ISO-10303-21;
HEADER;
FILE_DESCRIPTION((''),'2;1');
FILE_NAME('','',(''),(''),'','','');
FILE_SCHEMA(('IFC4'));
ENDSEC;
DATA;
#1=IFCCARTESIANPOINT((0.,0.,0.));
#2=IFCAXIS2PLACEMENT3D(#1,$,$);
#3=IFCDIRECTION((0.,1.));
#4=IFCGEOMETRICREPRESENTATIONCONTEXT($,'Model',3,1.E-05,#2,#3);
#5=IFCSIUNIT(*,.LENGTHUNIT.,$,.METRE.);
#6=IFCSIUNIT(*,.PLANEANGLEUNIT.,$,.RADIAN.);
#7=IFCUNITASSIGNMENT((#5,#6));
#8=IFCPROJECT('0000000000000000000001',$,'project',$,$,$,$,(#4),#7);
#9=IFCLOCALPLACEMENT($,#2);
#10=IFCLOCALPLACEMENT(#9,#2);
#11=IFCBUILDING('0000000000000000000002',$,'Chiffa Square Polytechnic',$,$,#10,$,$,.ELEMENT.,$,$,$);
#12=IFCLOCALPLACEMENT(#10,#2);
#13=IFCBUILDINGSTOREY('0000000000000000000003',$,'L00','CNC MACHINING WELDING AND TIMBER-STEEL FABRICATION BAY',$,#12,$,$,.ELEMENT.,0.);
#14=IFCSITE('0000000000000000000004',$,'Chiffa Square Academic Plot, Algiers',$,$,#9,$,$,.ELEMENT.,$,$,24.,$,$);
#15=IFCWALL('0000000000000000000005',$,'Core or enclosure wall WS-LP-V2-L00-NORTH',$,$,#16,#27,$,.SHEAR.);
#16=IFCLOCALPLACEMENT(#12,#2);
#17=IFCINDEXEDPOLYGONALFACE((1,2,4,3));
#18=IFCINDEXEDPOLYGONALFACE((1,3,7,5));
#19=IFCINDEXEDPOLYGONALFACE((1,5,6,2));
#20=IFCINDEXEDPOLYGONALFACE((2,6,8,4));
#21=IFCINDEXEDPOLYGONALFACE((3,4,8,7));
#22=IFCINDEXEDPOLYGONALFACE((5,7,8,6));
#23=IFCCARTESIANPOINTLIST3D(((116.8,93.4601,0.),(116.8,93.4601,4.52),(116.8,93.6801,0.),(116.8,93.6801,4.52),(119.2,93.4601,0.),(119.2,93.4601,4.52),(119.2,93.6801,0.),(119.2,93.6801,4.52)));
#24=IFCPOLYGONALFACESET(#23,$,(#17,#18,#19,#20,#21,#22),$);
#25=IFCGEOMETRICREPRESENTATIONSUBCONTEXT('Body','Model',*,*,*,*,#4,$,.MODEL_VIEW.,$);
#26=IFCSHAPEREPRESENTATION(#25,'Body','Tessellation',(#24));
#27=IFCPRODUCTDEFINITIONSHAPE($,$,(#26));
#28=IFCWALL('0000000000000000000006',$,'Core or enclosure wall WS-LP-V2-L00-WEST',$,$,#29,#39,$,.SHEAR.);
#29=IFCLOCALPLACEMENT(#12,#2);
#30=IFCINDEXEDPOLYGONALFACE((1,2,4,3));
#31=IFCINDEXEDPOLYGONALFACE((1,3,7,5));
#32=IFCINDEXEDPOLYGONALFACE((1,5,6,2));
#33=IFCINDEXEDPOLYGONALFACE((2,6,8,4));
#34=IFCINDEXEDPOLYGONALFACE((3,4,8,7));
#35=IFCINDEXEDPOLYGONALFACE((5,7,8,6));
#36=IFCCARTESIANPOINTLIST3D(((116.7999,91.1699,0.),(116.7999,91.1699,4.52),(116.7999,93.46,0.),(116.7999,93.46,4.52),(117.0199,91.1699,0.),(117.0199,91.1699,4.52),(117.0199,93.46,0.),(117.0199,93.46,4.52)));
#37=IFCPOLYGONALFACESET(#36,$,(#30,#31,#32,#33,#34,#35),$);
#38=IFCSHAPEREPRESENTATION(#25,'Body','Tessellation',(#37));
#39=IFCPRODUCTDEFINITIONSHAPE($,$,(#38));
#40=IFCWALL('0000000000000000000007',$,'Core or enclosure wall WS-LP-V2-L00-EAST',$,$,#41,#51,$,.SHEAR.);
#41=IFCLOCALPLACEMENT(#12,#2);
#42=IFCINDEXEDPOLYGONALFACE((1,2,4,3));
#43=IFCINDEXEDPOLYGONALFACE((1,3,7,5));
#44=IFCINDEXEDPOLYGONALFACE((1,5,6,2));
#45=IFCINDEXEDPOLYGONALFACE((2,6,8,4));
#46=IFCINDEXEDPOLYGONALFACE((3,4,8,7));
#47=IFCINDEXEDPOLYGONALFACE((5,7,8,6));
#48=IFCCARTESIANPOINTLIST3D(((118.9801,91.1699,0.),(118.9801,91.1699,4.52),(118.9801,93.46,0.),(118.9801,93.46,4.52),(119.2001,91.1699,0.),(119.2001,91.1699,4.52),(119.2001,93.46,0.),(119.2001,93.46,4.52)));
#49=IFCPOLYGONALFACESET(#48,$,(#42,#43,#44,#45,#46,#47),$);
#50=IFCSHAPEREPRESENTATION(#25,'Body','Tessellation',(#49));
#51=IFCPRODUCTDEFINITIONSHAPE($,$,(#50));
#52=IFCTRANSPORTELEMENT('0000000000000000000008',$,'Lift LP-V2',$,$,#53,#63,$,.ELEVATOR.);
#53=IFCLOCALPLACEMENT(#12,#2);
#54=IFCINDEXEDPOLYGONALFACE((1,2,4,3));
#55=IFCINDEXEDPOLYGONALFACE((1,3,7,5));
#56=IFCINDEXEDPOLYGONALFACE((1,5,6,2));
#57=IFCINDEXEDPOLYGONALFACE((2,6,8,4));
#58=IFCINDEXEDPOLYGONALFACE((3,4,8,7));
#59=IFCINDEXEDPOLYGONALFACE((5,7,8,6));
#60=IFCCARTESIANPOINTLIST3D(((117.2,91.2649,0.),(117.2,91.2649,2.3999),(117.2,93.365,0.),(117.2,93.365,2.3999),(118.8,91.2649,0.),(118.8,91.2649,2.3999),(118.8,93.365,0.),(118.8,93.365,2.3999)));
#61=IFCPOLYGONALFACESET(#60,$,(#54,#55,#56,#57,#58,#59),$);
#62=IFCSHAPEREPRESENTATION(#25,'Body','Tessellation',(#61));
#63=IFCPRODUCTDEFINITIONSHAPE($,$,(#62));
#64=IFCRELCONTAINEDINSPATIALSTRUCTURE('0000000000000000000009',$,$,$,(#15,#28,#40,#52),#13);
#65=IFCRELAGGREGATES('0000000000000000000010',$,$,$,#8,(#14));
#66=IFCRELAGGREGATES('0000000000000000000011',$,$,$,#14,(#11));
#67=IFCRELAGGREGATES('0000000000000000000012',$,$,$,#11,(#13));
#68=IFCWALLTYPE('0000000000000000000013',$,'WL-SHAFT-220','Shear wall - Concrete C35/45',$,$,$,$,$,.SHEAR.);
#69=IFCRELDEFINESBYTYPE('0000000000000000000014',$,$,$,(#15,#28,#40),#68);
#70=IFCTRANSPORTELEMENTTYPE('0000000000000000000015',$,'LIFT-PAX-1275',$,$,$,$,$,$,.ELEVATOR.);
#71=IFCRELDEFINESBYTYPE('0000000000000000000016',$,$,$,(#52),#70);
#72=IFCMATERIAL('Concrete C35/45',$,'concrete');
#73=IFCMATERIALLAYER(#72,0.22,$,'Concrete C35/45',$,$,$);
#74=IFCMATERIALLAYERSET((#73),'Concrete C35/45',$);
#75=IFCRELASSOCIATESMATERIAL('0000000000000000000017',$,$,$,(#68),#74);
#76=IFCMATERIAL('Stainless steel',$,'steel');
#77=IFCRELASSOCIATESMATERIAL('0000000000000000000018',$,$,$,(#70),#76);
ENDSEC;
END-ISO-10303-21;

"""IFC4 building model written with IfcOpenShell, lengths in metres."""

from ifc_helpers import new_model, si_unit, direction, frame, frame_2d, origin, origin_2d, place, context, subcontext, project, spatial, rectangle, extrude, material, layer, layer_set, type_object, element, save


model = new_model("IFC4")

# Units and contexts
model_context = context("Model", 3, precision=1e-05, world=origin(), true_north=direction((0.0, 1.0)))
body_context = subcontext(model_context, "Body", "Model", "MODEL_VIEW")
ifc_project = project(units=[si_unit("LENGTHUNIT", "METRE"), si_unit("PLANEANGLEUNIT", "RADIAN")], contexts=[model_context])

# Site, building, storey
site_placement = place(None, origin())
site = spatial("IfcSite", under=ifc_project, at=site_placement, Name="Chiffa Square Academic Plot, Algiers", CompositionType="ELEMENT", RefElevation=24.0)
building_placement = place(site_placement, origin())
building = spatial("IfcBuilding", under=site, at=building_placement, Name="Chiffa Square Polytechnic", CompositionType="ELEMENT")
storey_placement = place(building_placement, origin())
storey = spatial("IfcBuildingStorey", under=building, at=storey_placement, Name="L00", Description="CNC MACHINING WELDING AND TIMBER-STEEL FABRICATION BAY", CompositionType="ELEMENT", Elevation=0.0)

# Shared definitions
ifc_material_1 = material(Name="Concrete C35/45", Category="concrete")

# Shared definitions
ifc_layer_1 = layer(ifc_material_1, 0.22, Name="Concrete C35/45")
ifc_layer_set_1 = layer_set([ifc_layer_1], Name="Concrete C35/45")
wall_type_1 = type_object("IfcWallType", Name="WL-SHAFT-220", Description="Shear wall - Concrete C35/45", PredefinedType="SHEAR", material=ifc_layer_set_1)

# Walls
wall_1_placement = place(storey_placement, frame((116.8, 93.5701, 0.0), z_axis=(0.0, 0.0, 1.0), x_axis=(1.0, 0.0, 0.0)))
element("IfcWall", 1, at=wall_1_placement, inside=storey, type_object=wall_type_1, Name="Core or enclosure wall WS-LP-V2-L00-NORTH", PredefinedType="SHEAR", context=body_context, shape_type="SweptSolid", body=[
    extrude(rectangle(XDim=2.3999, YDim=0.22, at=frame_2d((1.2, 0.0))), origin(), (0.0, 0.0, 1.0), 4.52),
])
for number, where, z_axis, x_axis, name in (
    (2, (116.9099, 91.1699, 0.0), (0.0, 0.0, 1.0), (0.0, 1.0, 0.0), "Core or enclosure wall WS-LP-V2-L00-WEST"),
    (3, (119.0901, 91.1699, 0.0), (0.0, 0.0, 1.0), (0.0, 1.0, 0.0), "Core or enclosure wall WS-LP-V2-L00-EAST"),
):
    element("IfcWall", number, at=place(storey_placement, frame(where, z_axis=z_axis, x_axis=x_axis)), inside=storey, type_object=wall_type_1, Name=name, PredefinedType="SHEAR", context=body_context, shape_type="SweptSolid", body=[
        extrude(rectangle(XDim=2.29, YDim=0.22, at=frame_2d((1.145, 0.0))), origin(), (0.0, 0.0, 1.0), 4.52),
    ])

# Transport element
ifc_material_2 = material(Name="Stainless steel", Category="steel")
transport_element_type = type_object("IfcTransportElementType", Name="LIFT-PAX-1275", PredefinedType="ELEVATOR", material=ifc_material_2)
transport_element_placement = place(storey_placement, frame((118.0, 92.3149, 0.0), z_axis=(0.0, 0.0, 1.0), x_axis=(1.0, 0.0, 0.0)))
element("IfcTransportElement", 4, at=transport_element_placement, inside=storey, type_object=transport_element_type, Name="Lift LP-V2", PredefinedType="ELEVATOR", context=body_context, shape_type="SweptSolid", body=[
    extrude(rectangle(XDim=1.6001, YDim=2.1001, at=origin_2d()), origin(), (0.0, 0.0, 1.0), 2.3999),
])

save(model, "model.ifc")
